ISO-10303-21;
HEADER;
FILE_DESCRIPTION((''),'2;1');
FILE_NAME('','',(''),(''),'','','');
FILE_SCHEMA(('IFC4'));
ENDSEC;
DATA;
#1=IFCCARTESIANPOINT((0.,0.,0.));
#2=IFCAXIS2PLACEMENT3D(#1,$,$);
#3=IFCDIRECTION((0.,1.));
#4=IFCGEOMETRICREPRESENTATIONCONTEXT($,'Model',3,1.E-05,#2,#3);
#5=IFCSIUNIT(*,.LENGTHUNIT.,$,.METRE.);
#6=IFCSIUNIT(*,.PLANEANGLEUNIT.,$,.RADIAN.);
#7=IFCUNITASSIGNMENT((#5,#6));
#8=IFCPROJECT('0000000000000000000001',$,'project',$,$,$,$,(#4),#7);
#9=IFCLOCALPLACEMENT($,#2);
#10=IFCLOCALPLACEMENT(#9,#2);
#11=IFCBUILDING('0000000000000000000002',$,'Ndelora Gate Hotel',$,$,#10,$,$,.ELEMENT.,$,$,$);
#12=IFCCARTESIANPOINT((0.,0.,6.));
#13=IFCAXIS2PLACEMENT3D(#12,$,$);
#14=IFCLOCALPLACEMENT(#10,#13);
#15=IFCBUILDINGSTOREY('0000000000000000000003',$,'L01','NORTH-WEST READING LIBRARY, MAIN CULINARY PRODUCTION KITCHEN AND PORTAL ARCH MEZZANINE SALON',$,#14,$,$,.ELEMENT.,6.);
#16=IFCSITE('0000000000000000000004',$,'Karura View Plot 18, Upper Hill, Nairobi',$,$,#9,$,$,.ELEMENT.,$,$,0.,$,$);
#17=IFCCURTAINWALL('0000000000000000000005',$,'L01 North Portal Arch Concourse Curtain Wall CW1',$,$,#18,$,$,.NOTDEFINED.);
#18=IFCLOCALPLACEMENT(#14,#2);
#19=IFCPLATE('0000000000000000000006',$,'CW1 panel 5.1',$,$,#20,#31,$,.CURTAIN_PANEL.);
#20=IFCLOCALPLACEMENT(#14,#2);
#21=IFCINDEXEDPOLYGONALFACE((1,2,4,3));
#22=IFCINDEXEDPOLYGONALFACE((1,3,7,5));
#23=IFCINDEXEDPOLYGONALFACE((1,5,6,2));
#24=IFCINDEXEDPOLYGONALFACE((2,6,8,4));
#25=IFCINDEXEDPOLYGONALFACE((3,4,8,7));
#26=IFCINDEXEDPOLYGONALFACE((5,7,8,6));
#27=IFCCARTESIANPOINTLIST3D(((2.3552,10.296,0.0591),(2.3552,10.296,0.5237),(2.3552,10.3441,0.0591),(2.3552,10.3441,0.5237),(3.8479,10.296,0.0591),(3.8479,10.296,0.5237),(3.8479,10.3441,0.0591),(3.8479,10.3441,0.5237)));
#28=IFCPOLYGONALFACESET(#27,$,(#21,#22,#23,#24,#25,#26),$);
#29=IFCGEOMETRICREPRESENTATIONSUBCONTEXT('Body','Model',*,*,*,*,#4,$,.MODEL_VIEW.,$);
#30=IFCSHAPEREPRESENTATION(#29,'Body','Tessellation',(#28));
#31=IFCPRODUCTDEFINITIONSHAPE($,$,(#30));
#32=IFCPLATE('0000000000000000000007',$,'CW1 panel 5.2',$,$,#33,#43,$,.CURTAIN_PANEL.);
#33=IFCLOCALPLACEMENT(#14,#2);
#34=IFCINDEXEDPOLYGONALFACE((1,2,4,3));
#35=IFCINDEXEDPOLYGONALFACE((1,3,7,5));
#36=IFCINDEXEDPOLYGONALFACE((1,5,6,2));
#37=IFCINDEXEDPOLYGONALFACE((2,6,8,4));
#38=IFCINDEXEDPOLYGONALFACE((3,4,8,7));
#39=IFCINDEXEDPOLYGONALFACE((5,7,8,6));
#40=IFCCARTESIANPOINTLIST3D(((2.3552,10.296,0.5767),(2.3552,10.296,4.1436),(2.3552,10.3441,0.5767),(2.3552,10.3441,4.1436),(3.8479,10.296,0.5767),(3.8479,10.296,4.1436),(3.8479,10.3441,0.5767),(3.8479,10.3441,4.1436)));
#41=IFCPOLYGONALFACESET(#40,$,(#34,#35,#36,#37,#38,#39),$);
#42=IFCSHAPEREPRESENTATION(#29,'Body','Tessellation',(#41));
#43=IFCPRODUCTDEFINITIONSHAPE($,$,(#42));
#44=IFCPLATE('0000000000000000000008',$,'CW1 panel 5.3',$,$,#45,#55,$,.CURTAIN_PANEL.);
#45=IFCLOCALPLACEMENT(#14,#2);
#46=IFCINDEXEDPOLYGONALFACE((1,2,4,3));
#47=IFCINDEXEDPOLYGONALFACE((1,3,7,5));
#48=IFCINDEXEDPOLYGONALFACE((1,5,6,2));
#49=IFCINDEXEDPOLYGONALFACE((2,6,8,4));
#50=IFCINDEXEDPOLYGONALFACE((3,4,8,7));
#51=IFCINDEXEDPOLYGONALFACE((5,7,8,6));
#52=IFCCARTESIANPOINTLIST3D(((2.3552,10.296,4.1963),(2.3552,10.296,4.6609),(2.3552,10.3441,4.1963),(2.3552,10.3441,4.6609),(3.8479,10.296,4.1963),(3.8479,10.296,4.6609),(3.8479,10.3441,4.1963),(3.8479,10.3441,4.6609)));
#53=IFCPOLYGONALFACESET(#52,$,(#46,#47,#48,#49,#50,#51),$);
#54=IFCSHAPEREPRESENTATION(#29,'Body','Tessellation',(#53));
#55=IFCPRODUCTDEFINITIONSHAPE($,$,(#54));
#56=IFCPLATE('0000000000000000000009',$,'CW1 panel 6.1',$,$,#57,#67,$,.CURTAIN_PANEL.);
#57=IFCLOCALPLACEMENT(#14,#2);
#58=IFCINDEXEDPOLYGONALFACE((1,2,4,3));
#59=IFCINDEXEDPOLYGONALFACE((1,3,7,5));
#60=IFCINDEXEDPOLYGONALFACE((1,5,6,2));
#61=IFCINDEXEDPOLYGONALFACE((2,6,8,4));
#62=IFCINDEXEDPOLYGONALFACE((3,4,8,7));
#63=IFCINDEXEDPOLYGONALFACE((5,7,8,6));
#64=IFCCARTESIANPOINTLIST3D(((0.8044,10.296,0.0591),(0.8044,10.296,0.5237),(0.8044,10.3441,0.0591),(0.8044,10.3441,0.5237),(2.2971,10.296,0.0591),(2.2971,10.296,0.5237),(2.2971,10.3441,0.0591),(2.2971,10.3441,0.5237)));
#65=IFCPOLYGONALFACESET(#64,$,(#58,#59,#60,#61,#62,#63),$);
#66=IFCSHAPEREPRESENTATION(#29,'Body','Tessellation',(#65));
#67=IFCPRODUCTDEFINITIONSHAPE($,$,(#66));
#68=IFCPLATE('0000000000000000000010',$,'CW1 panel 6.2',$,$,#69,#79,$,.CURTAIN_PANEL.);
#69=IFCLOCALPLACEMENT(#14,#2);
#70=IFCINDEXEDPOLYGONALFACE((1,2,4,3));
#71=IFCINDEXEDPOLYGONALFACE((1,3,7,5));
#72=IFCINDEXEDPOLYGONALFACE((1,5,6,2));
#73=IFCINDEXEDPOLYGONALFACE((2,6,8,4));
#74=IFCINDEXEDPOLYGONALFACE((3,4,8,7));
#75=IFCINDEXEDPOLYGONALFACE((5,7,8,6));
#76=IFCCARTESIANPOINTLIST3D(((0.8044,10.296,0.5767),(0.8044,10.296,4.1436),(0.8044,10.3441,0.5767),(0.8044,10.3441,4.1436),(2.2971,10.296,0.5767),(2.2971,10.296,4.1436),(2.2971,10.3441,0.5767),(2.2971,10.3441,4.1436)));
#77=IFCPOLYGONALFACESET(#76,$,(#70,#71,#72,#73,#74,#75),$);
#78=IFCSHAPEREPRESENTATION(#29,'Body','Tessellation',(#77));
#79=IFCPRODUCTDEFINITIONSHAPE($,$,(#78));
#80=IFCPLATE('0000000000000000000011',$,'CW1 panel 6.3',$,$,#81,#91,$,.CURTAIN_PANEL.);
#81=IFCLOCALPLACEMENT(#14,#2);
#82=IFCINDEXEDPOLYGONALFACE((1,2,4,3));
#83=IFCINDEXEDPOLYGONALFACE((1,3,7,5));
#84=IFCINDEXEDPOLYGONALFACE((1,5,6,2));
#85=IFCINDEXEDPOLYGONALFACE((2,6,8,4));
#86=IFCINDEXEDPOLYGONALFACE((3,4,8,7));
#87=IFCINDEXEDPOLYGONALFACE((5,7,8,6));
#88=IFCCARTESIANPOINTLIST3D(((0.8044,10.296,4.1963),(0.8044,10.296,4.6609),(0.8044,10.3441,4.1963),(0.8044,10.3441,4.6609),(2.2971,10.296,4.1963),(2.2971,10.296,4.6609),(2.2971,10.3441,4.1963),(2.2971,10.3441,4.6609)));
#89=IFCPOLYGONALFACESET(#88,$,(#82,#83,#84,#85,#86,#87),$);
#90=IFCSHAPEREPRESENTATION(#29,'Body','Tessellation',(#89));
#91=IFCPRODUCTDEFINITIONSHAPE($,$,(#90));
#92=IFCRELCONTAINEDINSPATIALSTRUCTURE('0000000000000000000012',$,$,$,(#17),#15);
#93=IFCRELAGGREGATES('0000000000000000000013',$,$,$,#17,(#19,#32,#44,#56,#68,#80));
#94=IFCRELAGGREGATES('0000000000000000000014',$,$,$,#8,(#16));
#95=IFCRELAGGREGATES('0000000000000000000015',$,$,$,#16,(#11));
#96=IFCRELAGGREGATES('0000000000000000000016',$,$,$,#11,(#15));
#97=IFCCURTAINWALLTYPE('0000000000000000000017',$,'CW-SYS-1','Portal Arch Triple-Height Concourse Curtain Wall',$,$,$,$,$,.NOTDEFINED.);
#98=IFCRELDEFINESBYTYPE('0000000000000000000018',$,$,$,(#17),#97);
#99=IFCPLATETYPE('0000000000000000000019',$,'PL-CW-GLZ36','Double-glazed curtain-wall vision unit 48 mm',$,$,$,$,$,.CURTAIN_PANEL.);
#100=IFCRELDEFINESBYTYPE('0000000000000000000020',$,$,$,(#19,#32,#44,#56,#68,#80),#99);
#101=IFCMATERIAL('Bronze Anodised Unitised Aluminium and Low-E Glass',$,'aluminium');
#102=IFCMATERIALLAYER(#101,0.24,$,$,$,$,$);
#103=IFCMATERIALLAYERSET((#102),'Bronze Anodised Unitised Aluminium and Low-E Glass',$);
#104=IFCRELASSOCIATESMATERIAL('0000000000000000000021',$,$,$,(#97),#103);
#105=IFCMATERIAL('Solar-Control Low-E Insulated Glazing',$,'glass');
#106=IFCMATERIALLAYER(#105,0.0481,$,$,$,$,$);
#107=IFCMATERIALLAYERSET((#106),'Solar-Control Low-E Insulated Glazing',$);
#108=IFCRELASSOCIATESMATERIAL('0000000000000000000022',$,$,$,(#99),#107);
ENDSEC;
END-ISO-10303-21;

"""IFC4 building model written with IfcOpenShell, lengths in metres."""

from ifc_helpers import new_model, si_unit, direction, frame, origin, origin_2d, place, context, subcontext, project, spatial, rectangle, extrude, material, layer, layer_set, type_object, element, aggregate, save


model = new_model("IFC4")

# Units and contexts
model_context = context("Model", 3, precision=1e-05, world=origin(), true_north=direction((0.0, 1.0)))
body_context = subcontext(model_context, "Body", "Model", "MODEL_VIEW")
ifc_project = project(units=[si_unit("LENGTHUNIT", "METRE"), si_unit("PLANEANGLEUNIT", "RADIAN")], contexts=[model_context])

# Site, building, storey
site_placement = place(None, origin())
site = spatial("IfcSite", under=ifc_project, at=site_placement, Name="Karura View Plot 18, Upper Hill, Nairobi", CompositionType="ELEMENT", RefElevation=0.0)
building_placement = place(site_placement, origin())
building = spatial("IfcBuilding", under=site, at=building_placement, Name="Ndelora Gate Hotel", CompositionType="ELEMENT")
storey_placement = place(building_placement, frame((0.0, 0.0, 6.0)))
storey = spatial("IfcBuildingStorey", under=building, at=storey_placement, Name="L01", Description="NORTH-WEST READING LIBRARY, MAIN CULINARY PRODUCTION KITCHEN AND PORTAL ARCH MEZZANINE SALON", CompositionType="ELEMENT", Elevation=6.0)

# Curtain wall, plates
ifc_material_1 = material(Name="Bronze Anodised Unitised Aluminium and Low-E Glass", Category="aluminium")
ifc_layer_1 = layer(ifc_material_1, 0.24)
ifc_layer_set_1 = layer_set([ifc_layer_1], Name="Bronze Anodised Unitised Aluminium and Low-E Glass")
curtain_wall_type = type_object("IfcCurtainWallType", Name="CW-SYS-1", Description="Portal Arch Triple-Height Concourse Curtain Wall", PredefinedType="NOTDEFINED", material=ifc_layer_set_1)
curtain_wall_placement = place(storey_placement, origin())
curtain_wall = element("IfcCurtainWall", 1, at=curtain_wall_placement, inside=storey, type_object=curtain_wall_type, Name="L01 North Portal Arch Concourse Curtain Wall CW1", PredefinedType="NOTDEFINED")
ifc_material_2 = material(Name="Solar-Control Low-E Insulated Glazing", Category="glass")
ifc_layer_2 = layer(ifc_material_2, 0.0481)
ifc_layer_set_2 = layer_set([ifc_layer_2], Name="Solar-Control Low-E Insulated Glazing")
plate_type = type_object("IfcPlateType", Name="PL-CW-GLZ36", Description="Double-glazed curtain-wall vision unit 48 mm", PredefinedType="CURTAIN_PANEL", material=ifc_layer_set_2)
plate_1_placement = place(storey_placement, frame((3.1016, 10.3201, 0.0591), z_axis=(0.0, 0.0, 1.0), x_axis=(-1.0, 0.0, 0.0)))
plate_1 = element("IfcPlate", 2, at=plate_1_placement, type_object=plate_type, Name="CW1 panel 5.1", PredefinedType="CURTAIN_PANEL", context=body_context, shape_type="SweptSolid", body=[
    extrude(rectangle(XDim=1.4927, YDim=0.0481, at=origin_2d()), origin(), (0.0, 0.0, 1.0), 0.4646),
])
plate_2_placement = place(storey_placement, frame((3.1016, 10.3201, 0.5767), z_axis=(0.0, 0.0, 1.0), x_axis=(-1.0, 0.0, 0.0)))
plate_2 = element("IfcPlate", 3, at=plate_2_placement, type_object=plate_type, Name="CW1 panel 5.2", PredefinedType="CURTAIN_PANEL", context=body_context, shape_type="SweptSolid", body=[
    extrude(rectangle(XDim=1.4927, YDim=0.0481, at=origin_2d()), origin(), (0.0, 0.0, 1.0), 3.5669),
])
plate_3_placement = place(storey_placement, frame((3.1016, 10.3201, 4.1963), z_axis=(0.0, 0.0, 1.0), x_axis=(-1.0, 0.0, 0.0)))
plate_3 = element("IfcPlate", 4, at=plate_3_placement, type_object=plate_type, Name="CW1 panel 5.3", PredefinedType="CURTAIN_PANEL", context=body_context, shape_type="SweptSolid", body=[
    extrude(rectangle(XDim=1.4927, YDim=0.0481, at=origin_2d()), origin(), (0.0, 0.0, 1.0), 0.4646),
])
plate_4_placement = place(storey_placement, frame((1.5508, 10.3201, 0.0591), z_axis=(0.0, 0.0, 1.0), x_axis=(-1.0, 0.0, 0.0)))
plate_4 = element("IfcPlate", 5, at=plate_4_placement, type_object=plate_type, Name="CW1 panel 6.1", PredefinedType="CURTAIN_PANEL", context=body_context, shape_type="SweptSolid", body=[
    extrude(rectangle(XDim=1.4927, YDim=0.0481, at=origin_2d()), origin(), (0.0, 0.0, 1.0), 0.4646),
])
plate_5_placement = place(storey_placement, frame((1.5508, 10.3201, 0.5767), z_axis=(0.0, 0.0, 1.0), x_axis=(-1.0, 0.0, 0.0)))
plate_5 = element("IfcPlate", 6, at=plate_5_placement, type_object=plate_type, Name="CW1 panel 6.2", PredefinedType="CURTAIN_PANEL", context=body_context, shape_type="SweptSolid", body=[
    extrude(rectangle(XDim=1.4927, YDim=0.0481, at=origin_2d()), origin(), (0.0, 0.0, 1.0), 3.5669),
])
plate_6_placement = place(storey_placement, frame((1.5508, 10.3201, 4.1963), z_axis=(0.0, 0.0, 1.0), x_axis=(-1.0, 0.0, 0.0)))
plate_6 = element("IfcPlate", 7, at=plate_6_placement, type_object=plate_type, Name="CW1 panel 6.3", PredefinedType="CURTAIN_PANEL", context=body_context, shape_type="SweptSolid", body=[
    extrude(rectangle(XDim=1.4927, YDim=0.0481, at=origin_2d()), origin(), (0.0, 0.0, 1.0), 0.4646),
])
aggregate(curtain_wall, [plate_1, plate_2, plate_3, plate_4, plate_5, plate_6])

save(model, "model.ifc")
